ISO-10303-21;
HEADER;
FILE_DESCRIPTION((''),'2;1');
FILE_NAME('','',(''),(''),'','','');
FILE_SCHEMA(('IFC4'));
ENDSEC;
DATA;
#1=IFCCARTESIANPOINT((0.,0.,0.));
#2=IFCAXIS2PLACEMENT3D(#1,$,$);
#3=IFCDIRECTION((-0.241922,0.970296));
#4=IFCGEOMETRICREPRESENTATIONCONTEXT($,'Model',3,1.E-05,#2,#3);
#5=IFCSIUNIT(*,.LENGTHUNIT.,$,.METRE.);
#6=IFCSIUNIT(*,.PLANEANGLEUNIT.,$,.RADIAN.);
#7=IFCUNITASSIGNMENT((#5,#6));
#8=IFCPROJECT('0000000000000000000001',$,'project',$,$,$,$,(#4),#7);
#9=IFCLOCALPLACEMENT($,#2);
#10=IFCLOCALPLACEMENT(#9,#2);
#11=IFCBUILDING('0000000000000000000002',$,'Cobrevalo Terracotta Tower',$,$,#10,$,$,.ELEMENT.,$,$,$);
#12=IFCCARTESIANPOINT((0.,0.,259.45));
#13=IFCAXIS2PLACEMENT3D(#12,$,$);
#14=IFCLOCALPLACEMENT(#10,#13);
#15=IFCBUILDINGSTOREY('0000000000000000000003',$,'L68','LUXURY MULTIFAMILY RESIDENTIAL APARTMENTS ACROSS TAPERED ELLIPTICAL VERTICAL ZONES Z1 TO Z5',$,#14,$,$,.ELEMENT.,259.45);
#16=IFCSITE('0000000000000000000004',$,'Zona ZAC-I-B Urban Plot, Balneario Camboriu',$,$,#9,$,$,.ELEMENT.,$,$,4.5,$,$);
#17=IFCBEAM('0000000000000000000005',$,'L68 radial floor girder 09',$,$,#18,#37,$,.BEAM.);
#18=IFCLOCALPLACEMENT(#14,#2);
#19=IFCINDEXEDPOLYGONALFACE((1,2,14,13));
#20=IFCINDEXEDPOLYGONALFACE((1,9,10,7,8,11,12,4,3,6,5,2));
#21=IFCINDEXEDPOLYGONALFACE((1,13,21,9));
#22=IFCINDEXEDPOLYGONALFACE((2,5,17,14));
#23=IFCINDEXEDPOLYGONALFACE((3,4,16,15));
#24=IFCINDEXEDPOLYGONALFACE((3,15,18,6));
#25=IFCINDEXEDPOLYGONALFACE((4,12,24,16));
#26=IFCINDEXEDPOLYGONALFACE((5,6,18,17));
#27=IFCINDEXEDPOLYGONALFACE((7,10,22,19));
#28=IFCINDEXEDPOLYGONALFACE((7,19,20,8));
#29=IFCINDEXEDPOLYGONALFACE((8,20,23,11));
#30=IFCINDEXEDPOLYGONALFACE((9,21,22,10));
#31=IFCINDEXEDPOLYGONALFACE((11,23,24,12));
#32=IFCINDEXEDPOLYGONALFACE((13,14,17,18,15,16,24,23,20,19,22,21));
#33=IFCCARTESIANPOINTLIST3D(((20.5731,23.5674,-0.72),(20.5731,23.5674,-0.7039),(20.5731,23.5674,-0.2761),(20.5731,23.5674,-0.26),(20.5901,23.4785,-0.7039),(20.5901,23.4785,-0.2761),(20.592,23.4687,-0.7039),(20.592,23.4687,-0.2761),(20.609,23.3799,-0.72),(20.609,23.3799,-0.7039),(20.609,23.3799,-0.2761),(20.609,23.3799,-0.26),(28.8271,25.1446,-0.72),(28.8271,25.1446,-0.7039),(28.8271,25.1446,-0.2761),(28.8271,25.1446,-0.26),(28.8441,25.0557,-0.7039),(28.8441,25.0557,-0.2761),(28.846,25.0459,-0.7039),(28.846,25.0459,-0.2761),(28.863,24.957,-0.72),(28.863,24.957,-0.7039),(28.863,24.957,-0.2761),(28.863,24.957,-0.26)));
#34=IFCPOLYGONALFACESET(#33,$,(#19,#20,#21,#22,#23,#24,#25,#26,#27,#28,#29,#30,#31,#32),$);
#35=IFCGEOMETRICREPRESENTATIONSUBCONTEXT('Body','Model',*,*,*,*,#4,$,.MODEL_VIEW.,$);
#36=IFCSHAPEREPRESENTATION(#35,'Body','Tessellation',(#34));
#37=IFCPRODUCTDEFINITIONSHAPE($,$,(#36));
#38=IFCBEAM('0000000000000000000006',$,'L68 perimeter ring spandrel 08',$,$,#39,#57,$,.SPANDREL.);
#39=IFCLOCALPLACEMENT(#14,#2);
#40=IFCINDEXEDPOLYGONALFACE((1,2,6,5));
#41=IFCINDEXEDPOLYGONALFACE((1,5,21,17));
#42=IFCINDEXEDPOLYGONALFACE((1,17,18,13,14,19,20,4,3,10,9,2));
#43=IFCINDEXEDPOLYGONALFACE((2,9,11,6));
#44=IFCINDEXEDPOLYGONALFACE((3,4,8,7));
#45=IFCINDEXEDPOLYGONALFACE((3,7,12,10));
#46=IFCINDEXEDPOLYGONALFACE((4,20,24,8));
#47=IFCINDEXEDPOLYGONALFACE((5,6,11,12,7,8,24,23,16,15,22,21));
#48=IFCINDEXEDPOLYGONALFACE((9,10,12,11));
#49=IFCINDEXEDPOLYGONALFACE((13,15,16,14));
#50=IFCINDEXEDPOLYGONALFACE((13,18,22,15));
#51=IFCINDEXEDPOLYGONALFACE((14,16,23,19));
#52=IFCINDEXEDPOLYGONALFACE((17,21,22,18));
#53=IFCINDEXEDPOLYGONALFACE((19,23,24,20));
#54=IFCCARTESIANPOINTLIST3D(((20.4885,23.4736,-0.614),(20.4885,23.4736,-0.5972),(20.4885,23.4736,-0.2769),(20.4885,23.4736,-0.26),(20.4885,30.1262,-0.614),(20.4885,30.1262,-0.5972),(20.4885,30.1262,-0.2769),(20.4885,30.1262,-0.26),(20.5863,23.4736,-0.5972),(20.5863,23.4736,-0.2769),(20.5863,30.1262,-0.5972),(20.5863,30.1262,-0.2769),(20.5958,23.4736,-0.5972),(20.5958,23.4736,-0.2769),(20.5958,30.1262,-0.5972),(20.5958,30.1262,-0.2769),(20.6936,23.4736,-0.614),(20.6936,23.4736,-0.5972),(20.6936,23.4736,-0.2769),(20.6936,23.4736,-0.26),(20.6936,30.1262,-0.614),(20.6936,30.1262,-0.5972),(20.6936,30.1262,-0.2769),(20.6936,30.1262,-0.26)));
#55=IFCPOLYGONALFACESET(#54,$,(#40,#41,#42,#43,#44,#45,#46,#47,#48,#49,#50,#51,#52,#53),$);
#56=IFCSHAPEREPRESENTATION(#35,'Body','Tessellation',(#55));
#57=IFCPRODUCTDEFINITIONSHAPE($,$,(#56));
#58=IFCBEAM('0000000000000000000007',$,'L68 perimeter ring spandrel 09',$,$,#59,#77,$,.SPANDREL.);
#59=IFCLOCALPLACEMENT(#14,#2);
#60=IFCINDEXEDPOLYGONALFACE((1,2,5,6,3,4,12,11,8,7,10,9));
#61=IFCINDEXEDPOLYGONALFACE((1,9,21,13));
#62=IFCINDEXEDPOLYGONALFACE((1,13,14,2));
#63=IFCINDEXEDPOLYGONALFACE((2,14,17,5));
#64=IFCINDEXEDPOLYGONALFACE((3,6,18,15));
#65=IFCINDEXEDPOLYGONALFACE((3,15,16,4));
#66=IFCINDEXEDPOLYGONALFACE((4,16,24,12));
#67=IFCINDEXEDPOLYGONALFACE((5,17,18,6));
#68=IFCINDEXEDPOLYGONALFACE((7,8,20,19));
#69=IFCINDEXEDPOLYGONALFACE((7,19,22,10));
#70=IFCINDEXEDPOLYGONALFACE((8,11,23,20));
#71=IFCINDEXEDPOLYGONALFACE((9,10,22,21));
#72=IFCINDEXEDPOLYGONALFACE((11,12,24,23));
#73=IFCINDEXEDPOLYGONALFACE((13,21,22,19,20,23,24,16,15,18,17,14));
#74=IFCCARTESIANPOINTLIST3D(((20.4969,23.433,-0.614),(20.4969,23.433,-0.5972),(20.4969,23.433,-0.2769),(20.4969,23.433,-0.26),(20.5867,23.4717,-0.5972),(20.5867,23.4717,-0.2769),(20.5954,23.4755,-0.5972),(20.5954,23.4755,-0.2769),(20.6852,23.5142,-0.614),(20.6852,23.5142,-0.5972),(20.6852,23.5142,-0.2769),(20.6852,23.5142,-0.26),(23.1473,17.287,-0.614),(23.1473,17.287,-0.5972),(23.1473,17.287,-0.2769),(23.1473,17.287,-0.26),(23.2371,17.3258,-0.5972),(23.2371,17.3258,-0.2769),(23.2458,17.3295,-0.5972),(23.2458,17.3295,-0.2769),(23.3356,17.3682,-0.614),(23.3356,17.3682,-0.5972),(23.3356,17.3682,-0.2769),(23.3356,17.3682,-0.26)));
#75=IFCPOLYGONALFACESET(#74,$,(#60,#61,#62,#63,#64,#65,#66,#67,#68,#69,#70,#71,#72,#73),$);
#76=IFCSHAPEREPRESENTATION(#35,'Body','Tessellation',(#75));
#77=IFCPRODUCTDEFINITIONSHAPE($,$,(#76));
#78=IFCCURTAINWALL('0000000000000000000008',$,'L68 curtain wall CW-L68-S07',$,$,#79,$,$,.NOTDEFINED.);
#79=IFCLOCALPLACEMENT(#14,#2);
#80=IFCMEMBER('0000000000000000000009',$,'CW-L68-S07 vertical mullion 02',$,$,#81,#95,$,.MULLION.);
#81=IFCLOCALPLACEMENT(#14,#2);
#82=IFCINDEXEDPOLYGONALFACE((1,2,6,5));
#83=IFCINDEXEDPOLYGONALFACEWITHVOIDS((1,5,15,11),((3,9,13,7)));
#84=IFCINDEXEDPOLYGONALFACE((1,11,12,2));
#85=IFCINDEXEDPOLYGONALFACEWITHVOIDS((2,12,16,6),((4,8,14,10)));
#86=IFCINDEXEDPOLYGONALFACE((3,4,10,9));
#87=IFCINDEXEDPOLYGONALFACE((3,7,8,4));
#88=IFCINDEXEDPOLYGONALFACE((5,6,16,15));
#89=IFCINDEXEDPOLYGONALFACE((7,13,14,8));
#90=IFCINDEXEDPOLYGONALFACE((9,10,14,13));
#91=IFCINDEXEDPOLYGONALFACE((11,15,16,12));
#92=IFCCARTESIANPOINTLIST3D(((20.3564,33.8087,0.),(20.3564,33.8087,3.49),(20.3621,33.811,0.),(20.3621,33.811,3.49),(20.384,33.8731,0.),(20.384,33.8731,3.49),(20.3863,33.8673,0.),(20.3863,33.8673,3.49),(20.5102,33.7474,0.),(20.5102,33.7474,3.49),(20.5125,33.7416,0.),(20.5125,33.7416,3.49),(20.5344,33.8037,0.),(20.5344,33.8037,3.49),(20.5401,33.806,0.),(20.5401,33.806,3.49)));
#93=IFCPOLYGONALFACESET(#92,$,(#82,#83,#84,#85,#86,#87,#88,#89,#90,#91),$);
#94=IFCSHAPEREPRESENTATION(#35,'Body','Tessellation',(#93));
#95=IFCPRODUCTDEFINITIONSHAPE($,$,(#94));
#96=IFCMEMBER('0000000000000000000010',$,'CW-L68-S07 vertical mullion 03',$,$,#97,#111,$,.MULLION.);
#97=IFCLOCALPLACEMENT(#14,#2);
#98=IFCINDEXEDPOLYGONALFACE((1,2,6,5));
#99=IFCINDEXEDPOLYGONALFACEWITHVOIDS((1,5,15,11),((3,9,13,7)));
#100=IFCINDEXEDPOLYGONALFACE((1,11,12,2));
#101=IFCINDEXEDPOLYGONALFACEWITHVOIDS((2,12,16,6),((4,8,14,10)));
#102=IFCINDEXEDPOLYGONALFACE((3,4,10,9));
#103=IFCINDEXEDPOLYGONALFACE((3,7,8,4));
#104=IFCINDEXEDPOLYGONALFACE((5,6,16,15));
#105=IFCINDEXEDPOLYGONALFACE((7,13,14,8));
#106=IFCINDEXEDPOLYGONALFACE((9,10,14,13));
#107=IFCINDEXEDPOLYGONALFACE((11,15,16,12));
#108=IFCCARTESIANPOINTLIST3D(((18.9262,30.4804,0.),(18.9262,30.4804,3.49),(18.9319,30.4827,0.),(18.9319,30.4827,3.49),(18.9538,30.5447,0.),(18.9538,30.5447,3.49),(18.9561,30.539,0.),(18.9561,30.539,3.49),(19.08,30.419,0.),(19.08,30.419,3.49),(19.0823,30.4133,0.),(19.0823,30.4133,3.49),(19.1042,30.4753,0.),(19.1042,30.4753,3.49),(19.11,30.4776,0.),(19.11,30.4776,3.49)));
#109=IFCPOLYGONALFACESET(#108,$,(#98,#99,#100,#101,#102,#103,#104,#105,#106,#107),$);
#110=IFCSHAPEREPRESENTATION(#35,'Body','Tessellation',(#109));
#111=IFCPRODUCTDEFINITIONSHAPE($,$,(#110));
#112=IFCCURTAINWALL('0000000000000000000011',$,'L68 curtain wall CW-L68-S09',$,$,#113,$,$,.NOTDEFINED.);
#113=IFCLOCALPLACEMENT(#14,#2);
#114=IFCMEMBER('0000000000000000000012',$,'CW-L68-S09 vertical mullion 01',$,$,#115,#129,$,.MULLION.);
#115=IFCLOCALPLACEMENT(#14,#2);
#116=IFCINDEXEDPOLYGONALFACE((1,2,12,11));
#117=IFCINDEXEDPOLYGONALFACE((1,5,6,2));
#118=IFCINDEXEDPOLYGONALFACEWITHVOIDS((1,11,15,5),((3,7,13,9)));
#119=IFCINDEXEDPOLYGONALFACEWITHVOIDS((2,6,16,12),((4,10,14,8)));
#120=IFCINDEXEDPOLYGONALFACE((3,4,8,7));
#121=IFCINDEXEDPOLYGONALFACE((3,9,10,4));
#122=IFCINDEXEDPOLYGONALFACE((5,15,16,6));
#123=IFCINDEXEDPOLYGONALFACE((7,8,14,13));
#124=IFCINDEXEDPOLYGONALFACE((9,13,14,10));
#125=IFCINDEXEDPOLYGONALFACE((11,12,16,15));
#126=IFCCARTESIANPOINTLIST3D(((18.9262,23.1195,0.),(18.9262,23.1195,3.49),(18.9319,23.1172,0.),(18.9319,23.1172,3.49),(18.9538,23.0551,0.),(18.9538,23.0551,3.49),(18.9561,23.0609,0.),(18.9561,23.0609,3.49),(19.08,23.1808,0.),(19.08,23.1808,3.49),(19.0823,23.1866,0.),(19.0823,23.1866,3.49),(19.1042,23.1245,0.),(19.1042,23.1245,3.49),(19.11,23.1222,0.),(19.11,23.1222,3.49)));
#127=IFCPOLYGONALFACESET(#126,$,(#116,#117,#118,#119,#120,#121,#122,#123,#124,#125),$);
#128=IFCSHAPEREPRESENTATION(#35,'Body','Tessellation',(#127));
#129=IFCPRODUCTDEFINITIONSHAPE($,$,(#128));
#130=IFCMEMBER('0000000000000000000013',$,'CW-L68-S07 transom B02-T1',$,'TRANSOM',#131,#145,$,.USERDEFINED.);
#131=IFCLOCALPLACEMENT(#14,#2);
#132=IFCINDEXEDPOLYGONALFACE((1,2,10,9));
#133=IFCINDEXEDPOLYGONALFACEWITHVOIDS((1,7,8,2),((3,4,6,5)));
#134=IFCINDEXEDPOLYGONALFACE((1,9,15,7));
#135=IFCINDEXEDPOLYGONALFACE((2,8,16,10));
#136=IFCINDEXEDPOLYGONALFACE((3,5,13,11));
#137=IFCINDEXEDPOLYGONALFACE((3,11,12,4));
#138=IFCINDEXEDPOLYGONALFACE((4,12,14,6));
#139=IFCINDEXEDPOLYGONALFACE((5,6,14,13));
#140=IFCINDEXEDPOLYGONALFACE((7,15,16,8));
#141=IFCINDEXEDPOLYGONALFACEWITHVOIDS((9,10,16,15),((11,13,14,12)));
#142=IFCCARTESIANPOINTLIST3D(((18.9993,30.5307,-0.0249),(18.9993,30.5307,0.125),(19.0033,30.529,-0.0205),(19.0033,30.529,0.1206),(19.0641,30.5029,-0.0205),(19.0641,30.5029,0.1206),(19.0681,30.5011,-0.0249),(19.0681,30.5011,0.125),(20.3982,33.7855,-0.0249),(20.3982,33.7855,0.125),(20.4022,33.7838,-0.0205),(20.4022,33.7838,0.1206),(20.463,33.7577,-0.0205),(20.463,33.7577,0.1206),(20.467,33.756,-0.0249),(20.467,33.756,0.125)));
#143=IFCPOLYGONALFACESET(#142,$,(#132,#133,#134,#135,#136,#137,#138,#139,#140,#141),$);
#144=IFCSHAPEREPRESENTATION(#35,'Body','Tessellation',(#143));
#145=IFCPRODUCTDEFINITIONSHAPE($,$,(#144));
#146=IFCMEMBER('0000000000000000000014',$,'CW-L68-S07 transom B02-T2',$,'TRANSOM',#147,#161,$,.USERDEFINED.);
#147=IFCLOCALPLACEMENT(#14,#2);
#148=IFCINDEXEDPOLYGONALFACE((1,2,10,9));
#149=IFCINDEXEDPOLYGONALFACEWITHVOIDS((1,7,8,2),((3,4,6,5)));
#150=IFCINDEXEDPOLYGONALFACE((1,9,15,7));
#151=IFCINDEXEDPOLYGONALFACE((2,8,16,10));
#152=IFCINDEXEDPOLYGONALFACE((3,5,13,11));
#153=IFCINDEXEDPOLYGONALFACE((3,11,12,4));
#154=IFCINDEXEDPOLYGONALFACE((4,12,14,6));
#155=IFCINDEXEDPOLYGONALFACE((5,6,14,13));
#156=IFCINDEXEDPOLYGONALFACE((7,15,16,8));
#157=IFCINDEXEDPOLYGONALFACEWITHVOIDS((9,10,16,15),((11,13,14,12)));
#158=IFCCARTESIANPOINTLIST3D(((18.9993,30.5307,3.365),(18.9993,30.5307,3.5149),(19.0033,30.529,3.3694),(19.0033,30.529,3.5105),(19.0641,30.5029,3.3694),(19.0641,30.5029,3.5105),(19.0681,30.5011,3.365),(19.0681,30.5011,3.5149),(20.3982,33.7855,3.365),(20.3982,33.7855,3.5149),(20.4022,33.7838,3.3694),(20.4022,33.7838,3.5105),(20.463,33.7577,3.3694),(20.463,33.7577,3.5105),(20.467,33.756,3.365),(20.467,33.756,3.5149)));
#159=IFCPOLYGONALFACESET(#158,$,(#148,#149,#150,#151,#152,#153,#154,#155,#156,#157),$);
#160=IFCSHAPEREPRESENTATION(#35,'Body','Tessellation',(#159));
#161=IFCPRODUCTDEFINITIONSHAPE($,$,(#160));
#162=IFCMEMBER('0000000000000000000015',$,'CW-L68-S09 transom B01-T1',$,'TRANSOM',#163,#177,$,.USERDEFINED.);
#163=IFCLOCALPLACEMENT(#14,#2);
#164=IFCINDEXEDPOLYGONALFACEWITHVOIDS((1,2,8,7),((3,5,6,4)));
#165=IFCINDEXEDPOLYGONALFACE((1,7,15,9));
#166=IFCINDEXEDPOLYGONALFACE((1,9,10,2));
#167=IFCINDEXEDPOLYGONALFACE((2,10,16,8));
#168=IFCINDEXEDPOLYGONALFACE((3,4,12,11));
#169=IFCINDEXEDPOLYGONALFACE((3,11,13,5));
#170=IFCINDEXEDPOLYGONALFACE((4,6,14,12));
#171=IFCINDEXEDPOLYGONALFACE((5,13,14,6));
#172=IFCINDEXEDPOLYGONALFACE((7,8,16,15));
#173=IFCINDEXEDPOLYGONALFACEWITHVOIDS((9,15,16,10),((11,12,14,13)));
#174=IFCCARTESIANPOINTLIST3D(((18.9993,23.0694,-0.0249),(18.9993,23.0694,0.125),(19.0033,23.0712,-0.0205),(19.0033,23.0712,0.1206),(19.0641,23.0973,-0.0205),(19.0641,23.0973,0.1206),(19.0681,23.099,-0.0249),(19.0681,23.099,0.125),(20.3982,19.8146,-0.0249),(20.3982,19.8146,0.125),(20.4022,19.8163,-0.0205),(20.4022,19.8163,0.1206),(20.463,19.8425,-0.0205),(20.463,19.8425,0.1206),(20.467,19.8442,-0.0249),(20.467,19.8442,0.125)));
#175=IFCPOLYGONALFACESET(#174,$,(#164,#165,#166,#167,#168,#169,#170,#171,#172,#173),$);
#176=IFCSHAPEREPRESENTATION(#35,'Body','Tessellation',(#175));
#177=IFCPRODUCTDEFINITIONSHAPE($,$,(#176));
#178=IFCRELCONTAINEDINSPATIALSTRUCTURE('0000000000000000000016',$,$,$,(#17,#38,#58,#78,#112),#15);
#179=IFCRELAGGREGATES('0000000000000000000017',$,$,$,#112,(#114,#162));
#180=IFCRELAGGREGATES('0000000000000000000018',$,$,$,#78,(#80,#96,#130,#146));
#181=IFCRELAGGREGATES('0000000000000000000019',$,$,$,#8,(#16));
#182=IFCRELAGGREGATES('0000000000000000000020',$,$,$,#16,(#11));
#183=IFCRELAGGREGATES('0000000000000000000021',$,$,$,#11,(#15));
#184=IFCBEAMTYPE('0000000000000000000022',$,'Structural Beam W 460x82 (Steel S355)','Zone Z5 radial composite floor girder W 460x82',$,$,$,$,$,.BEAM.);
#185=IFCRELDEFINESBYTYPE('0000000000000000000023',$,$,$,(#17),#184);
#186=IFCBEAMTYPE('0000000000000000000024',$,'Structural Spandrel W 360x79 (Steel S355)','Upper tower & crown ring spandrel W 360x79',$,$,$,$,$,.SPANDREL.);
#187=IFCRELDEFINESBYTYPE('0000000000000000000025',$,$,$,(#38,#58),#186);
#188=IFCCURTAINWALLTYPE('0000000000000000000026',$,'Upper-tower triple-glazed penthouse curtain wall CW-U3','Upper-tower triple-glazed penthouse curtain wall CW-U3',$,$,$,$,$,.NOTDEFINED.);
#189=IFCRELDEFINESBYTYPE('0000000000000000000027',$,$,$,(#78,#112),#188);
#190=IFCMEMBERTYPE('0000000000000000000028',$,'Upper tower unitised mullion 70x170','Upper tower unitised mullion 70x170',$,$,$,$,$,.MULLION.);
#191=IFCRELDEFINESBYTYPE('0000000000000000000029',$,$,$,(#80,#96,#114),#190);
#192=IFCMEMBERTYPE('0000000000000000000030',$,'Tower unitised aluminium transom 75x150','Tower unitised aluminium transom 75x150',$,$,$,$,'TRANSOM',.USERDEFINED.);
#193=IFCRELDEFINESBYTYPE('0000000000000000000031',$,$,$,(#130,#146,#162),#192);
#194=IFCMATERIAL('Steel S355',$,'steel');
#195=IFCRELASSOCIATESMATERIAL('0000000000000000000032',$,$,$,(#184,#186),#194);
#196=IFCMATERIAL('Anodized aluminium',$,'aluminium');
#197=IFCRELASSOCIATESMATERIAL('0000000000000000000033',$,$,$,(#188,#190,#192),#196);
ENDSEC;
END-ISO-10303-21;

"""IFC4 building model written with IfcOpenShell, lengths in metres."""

from ifc_helpers import new_model, si_unit, direction, frame, origin, origin_2d, place, context, subcontext, project, spatial, hollow_rectangle, i_section, extrude, source, transform, mapped, material, material_profile, profile_set, type_object, element, aggregate, save


model = new_model("IFC4")

# Units and contexts
model_context = context("Model", 3, precision=1e-05, world=origin(), true_north=direction((-0.241922, 0.970296)))
body_context = subcontext(model_context, "Body", "Model", "MODEL_VIEW")
ifc_project = project(units=[si_unit("LENGTHUNIT", "METRE"), si_unit("PLANEANGLEUNIT", "RADIAN")], contexts=[model_context])

# Site, building, storey
site_placement = place(None, origin())
site = spatial("IfcSite", under=ifc_project, at=site_placement, Name="Zona ZAC-I-B Urban Plot, Balneario Camboriu", CompositionType="ELEMENT", RefElevation=4.5)
building_placement = place(site_placement, origin())
building = spatial("IfcBuilding", under=site, at=building_placement, Name="Cobrevalo Terracotta Tower", CompositionType="ELEMENT")
storey_placement = place(building_placement, frame((0.0, 0.0, 259.45)))
storey = spatial("IfcBuildingStorey", under=building, at=storey_placement, Name="L68", Description="LUXURY MULTIFAMILY RESIDENTIAL APARTMENTS ACROSS TAPERED ELLIPTICAL VERTICAL ZONES Z1 TO Z5", CompositionType="ELEMENT", Elevation=259.45)

# Shared definitions
ifc_material_1 = material(Name="Steel S355", Category="steel")

# Beams
ifc_material_profile_1 = material_profile(ifc_material_1, i_section(OverallWidth=0.1909, OverallDepth=0.46, WebThickness=0.01, FlangeThickness=0.0161, at=origin_2d()), Name="W 460x82")
ifc_profile_set_1 = profile_set([ifc_material_profile_1], Name="Steel S355")
beam_type_1 = type_object("IfcBeamType", Name="Structural Beam W 460x82 (Steel S355)", Description="Zone Z5 radial composite floor girder W 460x82", PredefinedType="BEAM", material=ifc_profile_set_1)
beam_1_placement = place(storey_placement, frame((20.5911, 23.4736, -0.49), z_axis=(0.98223, 0.187683, 0.0), x_axis=(-0.187683, 0.98223, 0.0)))
element("IfcBeam", 1, at=beam_1_placement, inside=storey, type_object=beam_type_1, Name="L68 radial floor girder 09", PredefinedType="BEAM", context=body_context, shape_type="SweptSolid", body=[
    extrude(i_section(OverallWidth=0.1909, OverallDepth=0.46, WebThickness=0.01, FlangeThickness=0.0161, at=origin_2d()), origin(), (0.0, 0.0, 1.0), 8.4033),
])
ifc_material_profile_2 = material_profile(ifc_material_1, i_section(OverallWidth=0.2051, OverallDepth=0.354, WebThickness=0.0095, FlangeThickness=0.0168, at=origin_2d()), Name="W 360x79")
ifc_profile_set_2 = profile_set([ifc_material_profile_2], Name="Steel S355")
beam_type_2 = type_object("IfcBeamType", Name="Structural Spandrel W 360x79 (Steel S355)", Description="Upper tower & crown ring spandrel W 360x79", PredefinedType="SPANDREL", material=ifc_profile_set_2)
beam_2_placement = place(storey_placement, frame((20.5911, 30.1262, -0.437), z_axis=(0.0, -1.0, 0.0), x_axis=(1.0, 0.0, 0.0)))
element("IfcBeam", 2, at=beam_2_placement, inside=storey, type_object=beam_type_2, Name="L68 perimeter ring spandrel 08", PredefinedType="SPANDREL", context=body_context, shape_type="SweptSolid", body=[
    extrude(i_section(OverallWidth=0.2051, OverallDepth=0.354, WebThickness=0.0095, FlangeThickness=0.0168, at=origin_2d()), origin(), (0.0, 0.0, 1.0), 6.6526),
])
beam_3_placement = place(storey_placement, frame((20.5911, 23.4736, -0.437), z_axis=(0.395987, -0.918256, 0.0), x_axis=(0.918256, 0.395987, 0.0)))
element("IfcBeam", 3, at=beam_3_placement, inside=storey, type_object=beam_type_2, Name="L68 perimeter ring spandrel 09", PredefinedType="SPANDREL", context=body_context, shape_type="SweptSolid", body=[
    extrude(i_section(OverallWidth=0.2051, OverallDepth=0.354, WebThickness=0.0095, FlangeThickness=0.0168, at=origin_2d()), origin(), (0.0, 0.0, 1.0), 6.6931),
])

# Curtain wall, members
ifc_material_2 = material(Name="Anodized aluminium", Category="aluminium")
curtain_wall_type = type_object("IfcCurtainWallType", Name="Upper-tower triple-glazed penthouse curtain wall CW-U3", Description="Upper-tower triple-glazed penthouse curtain wall CW-U3", PredefinedType="NOTDEFINED", material=ifc_material_2)
curtain_wall_1_placement = place(storey_placement, origin())
curtain_wall_1 = element("IfcCurtainWall", 4, at=curtain_wall_1_placement, inside=storey, type_object=curtain_wall_type, Name="L68 curtain wall CW-L68-S07", PredefinedType="NOTDEFINED")
ifc_material_profile_3 = material_profile(ifc_material_2, hollow_rectangle(XDim=0.0701, YDim=0.1699, WallThickness=0.0044, at=origin_2d()), Name="CWM 70x170")
ifc_profile_set_3 = profile_set([ifc_material_profile_3], Name="Anodized aluminium")
member_type_1 = type_object("IfcMemberType", Name="Upper tower unitised mullion 70x170", Description="Upper tower unitised mullion 70x170", PredefinedType="MULLION", material=ifc_profile_set_3)
shared_shape_1 = source(origin(), body_context, "Body", "SweptSolid", [
    extrude(hollow_rectangle(XDim=0.0701, YDim=0.1699, WallThickness=0.0044, at=origin_2d()), origin(), (0.0, 0.0, 1.0), 3.49),
])
member_1_placement = place(storey_placement, frame((20.4482, 33.8074, 0.0), z_axis=(0.0, 0.0, 1.0), x_axis=(-0.394824, -0.918757, 0.0)))
member_1 = element("IfcMember", 5, at=member_1_placement, type_object=member_type_1, Name="CW-L68-S07 vertical mullion 02", PredefinedType="MULLION", context=body_context, shape_type="MappedRepresentation", body=[
    mapped(shared_shape_1, transform((0.0, 0.0, 0.0), scale=1.0)),
])
member_2_placement = place(storey_placement, frame((19.0181, 30.479, 0.0), z_axis=(0.0, 0.0, 1.0), x_axis=(-0.394824, -0.918757, 0.0)))
member_2 = element("IfcMember", 6, at=member_2_placement, type_object=member_type_1, Name="CW-L68-S07 vertical mullion 03", PredefinedType="MULLION", context=body_context, shape_type="MappedRepresentation", body=[
    mapped(shared_shape_1, transform((0.0, 0.0, 0.0), scale=1.0)),
])

# Curtain wall, member
curtain_wall_2_placement = place(storey_placement, origin())
curtain_wall_2 = element("IfcCurtainWall", 7, at=curtain_wall_2_placement, inside=storey, type_object=curtain_wall_type, Name="L68 curtain wall CW-L68-S09", PredefinedType="NOTDEFINED")
member_3_placement = place(storey_placement, frame((19.0181, 23.1208, 0.0), z_axis=(0.0, 0.0, 1.0), x_axis=(0.394824, -0.918757, 0.0)))
member_3 = element("IfcMember", 8, at=member_3_placement, type_object=member_type_1, Name="CW-L68-S09 vertical mullion 01", PredefinedType="MULLION", context=body_context, shape_type="MappedRepresentation", body=[
    mapped(shared_shape_1, transform((0.0, 0.0, 0.0), scale=1.0)),
])

# Members
ifc_material_profile_4 = material_profile(ifc_material_2, hollow_rectangle(XDim=0.075, YDim=0.1499, WallThickness=0.0044, at=origin_2d()), Name="CWT 75x150")
ifc_profile_set_4 = profile_set([ifc_material_profile_4], Name="Anodized aluminium")
member_type_2 = type_object("IfcMemberType", Name="Tower unitised aluminium transom 75x150", Description="Tower unitised aluminium transom 75x150", ElementType="TRANSOM", PredefinedType="USERDEFINED", material=ifc_profile_set_4)
shared_shape_2 = source(origin(), body_context, "Body", "SweptSolid", [
    extrude(hollow_rectangle(XDim=0.075, YDim=0.1499, WallThickness=0.0044, at=origin_2d()), origin(), (0.0, 0.0, 1.0), 3.5427),
])
member_4_placement = place(storey_placement, frame((20.4326, 33.7708, 0.05), z_axis=(-0.394867, -0.918738, 0.0), x_axis=(0.918738, -0.394867, 0.0)))
member_4 = element("IfcMember", 9, at=member_4_placement, type_object=member_type_2, Name="CW-L68-S07 transom B02-T1", ObjectType="TRANSOM", PredefinedType="USERDEFINED", context=body_context, shape_type="MappedRepresentation", body=[
    mapped(shared_shape_2, transform((0.0, 0.0, 0.0), scale=1.0)),
])
member_5_placement = place(storey_placement, frame((20.4326, 33.7708, 3.4399), z_axis=(-0.394867, -0.918738, 0.0), x_axis=(0.918738, -0.394867, 0.0)))
member_5 = element("IfcMember", 10, at=member_5_placement, type_object=member_type_2, Name="CW-L68-S07 transom B02-T2", ObjectType="TRANSOM", PredefinedType="USERDEFINED", context=body_context, shape_type="MappedRepresentation", body=[
    mapped(shared_shape_2, transform((0.0, 0.0, 0.0), scale=1.0)),
])
member_6_placement = place(storey_placement, frame((19.0337, 23.0842, 0.05), z_axis=(0.394867, -0.918738, 0.0), x_axis=(0.918738, 0.394867, 0.0)))
member_6 = element("IfcMember", 11, at=member_6_placement, type_object=member_type_2, Name="CW-L68-S09 transom B01-T1", ObjectType="TRANSOM", PredefinedType="USERDEFINED", context=body_context, shape_type="MappedRepresentation", body=[
    mapped(shared_shape_2, transform((0.0, 0.0, 0.0), scale=1.0)),
])
aggregate(curtain_wall_2, [member_3, member_6])

aggregate(curtain_wall_1, [member_1, member_2, member_4, member_5])

save(model, "model.ifc")
